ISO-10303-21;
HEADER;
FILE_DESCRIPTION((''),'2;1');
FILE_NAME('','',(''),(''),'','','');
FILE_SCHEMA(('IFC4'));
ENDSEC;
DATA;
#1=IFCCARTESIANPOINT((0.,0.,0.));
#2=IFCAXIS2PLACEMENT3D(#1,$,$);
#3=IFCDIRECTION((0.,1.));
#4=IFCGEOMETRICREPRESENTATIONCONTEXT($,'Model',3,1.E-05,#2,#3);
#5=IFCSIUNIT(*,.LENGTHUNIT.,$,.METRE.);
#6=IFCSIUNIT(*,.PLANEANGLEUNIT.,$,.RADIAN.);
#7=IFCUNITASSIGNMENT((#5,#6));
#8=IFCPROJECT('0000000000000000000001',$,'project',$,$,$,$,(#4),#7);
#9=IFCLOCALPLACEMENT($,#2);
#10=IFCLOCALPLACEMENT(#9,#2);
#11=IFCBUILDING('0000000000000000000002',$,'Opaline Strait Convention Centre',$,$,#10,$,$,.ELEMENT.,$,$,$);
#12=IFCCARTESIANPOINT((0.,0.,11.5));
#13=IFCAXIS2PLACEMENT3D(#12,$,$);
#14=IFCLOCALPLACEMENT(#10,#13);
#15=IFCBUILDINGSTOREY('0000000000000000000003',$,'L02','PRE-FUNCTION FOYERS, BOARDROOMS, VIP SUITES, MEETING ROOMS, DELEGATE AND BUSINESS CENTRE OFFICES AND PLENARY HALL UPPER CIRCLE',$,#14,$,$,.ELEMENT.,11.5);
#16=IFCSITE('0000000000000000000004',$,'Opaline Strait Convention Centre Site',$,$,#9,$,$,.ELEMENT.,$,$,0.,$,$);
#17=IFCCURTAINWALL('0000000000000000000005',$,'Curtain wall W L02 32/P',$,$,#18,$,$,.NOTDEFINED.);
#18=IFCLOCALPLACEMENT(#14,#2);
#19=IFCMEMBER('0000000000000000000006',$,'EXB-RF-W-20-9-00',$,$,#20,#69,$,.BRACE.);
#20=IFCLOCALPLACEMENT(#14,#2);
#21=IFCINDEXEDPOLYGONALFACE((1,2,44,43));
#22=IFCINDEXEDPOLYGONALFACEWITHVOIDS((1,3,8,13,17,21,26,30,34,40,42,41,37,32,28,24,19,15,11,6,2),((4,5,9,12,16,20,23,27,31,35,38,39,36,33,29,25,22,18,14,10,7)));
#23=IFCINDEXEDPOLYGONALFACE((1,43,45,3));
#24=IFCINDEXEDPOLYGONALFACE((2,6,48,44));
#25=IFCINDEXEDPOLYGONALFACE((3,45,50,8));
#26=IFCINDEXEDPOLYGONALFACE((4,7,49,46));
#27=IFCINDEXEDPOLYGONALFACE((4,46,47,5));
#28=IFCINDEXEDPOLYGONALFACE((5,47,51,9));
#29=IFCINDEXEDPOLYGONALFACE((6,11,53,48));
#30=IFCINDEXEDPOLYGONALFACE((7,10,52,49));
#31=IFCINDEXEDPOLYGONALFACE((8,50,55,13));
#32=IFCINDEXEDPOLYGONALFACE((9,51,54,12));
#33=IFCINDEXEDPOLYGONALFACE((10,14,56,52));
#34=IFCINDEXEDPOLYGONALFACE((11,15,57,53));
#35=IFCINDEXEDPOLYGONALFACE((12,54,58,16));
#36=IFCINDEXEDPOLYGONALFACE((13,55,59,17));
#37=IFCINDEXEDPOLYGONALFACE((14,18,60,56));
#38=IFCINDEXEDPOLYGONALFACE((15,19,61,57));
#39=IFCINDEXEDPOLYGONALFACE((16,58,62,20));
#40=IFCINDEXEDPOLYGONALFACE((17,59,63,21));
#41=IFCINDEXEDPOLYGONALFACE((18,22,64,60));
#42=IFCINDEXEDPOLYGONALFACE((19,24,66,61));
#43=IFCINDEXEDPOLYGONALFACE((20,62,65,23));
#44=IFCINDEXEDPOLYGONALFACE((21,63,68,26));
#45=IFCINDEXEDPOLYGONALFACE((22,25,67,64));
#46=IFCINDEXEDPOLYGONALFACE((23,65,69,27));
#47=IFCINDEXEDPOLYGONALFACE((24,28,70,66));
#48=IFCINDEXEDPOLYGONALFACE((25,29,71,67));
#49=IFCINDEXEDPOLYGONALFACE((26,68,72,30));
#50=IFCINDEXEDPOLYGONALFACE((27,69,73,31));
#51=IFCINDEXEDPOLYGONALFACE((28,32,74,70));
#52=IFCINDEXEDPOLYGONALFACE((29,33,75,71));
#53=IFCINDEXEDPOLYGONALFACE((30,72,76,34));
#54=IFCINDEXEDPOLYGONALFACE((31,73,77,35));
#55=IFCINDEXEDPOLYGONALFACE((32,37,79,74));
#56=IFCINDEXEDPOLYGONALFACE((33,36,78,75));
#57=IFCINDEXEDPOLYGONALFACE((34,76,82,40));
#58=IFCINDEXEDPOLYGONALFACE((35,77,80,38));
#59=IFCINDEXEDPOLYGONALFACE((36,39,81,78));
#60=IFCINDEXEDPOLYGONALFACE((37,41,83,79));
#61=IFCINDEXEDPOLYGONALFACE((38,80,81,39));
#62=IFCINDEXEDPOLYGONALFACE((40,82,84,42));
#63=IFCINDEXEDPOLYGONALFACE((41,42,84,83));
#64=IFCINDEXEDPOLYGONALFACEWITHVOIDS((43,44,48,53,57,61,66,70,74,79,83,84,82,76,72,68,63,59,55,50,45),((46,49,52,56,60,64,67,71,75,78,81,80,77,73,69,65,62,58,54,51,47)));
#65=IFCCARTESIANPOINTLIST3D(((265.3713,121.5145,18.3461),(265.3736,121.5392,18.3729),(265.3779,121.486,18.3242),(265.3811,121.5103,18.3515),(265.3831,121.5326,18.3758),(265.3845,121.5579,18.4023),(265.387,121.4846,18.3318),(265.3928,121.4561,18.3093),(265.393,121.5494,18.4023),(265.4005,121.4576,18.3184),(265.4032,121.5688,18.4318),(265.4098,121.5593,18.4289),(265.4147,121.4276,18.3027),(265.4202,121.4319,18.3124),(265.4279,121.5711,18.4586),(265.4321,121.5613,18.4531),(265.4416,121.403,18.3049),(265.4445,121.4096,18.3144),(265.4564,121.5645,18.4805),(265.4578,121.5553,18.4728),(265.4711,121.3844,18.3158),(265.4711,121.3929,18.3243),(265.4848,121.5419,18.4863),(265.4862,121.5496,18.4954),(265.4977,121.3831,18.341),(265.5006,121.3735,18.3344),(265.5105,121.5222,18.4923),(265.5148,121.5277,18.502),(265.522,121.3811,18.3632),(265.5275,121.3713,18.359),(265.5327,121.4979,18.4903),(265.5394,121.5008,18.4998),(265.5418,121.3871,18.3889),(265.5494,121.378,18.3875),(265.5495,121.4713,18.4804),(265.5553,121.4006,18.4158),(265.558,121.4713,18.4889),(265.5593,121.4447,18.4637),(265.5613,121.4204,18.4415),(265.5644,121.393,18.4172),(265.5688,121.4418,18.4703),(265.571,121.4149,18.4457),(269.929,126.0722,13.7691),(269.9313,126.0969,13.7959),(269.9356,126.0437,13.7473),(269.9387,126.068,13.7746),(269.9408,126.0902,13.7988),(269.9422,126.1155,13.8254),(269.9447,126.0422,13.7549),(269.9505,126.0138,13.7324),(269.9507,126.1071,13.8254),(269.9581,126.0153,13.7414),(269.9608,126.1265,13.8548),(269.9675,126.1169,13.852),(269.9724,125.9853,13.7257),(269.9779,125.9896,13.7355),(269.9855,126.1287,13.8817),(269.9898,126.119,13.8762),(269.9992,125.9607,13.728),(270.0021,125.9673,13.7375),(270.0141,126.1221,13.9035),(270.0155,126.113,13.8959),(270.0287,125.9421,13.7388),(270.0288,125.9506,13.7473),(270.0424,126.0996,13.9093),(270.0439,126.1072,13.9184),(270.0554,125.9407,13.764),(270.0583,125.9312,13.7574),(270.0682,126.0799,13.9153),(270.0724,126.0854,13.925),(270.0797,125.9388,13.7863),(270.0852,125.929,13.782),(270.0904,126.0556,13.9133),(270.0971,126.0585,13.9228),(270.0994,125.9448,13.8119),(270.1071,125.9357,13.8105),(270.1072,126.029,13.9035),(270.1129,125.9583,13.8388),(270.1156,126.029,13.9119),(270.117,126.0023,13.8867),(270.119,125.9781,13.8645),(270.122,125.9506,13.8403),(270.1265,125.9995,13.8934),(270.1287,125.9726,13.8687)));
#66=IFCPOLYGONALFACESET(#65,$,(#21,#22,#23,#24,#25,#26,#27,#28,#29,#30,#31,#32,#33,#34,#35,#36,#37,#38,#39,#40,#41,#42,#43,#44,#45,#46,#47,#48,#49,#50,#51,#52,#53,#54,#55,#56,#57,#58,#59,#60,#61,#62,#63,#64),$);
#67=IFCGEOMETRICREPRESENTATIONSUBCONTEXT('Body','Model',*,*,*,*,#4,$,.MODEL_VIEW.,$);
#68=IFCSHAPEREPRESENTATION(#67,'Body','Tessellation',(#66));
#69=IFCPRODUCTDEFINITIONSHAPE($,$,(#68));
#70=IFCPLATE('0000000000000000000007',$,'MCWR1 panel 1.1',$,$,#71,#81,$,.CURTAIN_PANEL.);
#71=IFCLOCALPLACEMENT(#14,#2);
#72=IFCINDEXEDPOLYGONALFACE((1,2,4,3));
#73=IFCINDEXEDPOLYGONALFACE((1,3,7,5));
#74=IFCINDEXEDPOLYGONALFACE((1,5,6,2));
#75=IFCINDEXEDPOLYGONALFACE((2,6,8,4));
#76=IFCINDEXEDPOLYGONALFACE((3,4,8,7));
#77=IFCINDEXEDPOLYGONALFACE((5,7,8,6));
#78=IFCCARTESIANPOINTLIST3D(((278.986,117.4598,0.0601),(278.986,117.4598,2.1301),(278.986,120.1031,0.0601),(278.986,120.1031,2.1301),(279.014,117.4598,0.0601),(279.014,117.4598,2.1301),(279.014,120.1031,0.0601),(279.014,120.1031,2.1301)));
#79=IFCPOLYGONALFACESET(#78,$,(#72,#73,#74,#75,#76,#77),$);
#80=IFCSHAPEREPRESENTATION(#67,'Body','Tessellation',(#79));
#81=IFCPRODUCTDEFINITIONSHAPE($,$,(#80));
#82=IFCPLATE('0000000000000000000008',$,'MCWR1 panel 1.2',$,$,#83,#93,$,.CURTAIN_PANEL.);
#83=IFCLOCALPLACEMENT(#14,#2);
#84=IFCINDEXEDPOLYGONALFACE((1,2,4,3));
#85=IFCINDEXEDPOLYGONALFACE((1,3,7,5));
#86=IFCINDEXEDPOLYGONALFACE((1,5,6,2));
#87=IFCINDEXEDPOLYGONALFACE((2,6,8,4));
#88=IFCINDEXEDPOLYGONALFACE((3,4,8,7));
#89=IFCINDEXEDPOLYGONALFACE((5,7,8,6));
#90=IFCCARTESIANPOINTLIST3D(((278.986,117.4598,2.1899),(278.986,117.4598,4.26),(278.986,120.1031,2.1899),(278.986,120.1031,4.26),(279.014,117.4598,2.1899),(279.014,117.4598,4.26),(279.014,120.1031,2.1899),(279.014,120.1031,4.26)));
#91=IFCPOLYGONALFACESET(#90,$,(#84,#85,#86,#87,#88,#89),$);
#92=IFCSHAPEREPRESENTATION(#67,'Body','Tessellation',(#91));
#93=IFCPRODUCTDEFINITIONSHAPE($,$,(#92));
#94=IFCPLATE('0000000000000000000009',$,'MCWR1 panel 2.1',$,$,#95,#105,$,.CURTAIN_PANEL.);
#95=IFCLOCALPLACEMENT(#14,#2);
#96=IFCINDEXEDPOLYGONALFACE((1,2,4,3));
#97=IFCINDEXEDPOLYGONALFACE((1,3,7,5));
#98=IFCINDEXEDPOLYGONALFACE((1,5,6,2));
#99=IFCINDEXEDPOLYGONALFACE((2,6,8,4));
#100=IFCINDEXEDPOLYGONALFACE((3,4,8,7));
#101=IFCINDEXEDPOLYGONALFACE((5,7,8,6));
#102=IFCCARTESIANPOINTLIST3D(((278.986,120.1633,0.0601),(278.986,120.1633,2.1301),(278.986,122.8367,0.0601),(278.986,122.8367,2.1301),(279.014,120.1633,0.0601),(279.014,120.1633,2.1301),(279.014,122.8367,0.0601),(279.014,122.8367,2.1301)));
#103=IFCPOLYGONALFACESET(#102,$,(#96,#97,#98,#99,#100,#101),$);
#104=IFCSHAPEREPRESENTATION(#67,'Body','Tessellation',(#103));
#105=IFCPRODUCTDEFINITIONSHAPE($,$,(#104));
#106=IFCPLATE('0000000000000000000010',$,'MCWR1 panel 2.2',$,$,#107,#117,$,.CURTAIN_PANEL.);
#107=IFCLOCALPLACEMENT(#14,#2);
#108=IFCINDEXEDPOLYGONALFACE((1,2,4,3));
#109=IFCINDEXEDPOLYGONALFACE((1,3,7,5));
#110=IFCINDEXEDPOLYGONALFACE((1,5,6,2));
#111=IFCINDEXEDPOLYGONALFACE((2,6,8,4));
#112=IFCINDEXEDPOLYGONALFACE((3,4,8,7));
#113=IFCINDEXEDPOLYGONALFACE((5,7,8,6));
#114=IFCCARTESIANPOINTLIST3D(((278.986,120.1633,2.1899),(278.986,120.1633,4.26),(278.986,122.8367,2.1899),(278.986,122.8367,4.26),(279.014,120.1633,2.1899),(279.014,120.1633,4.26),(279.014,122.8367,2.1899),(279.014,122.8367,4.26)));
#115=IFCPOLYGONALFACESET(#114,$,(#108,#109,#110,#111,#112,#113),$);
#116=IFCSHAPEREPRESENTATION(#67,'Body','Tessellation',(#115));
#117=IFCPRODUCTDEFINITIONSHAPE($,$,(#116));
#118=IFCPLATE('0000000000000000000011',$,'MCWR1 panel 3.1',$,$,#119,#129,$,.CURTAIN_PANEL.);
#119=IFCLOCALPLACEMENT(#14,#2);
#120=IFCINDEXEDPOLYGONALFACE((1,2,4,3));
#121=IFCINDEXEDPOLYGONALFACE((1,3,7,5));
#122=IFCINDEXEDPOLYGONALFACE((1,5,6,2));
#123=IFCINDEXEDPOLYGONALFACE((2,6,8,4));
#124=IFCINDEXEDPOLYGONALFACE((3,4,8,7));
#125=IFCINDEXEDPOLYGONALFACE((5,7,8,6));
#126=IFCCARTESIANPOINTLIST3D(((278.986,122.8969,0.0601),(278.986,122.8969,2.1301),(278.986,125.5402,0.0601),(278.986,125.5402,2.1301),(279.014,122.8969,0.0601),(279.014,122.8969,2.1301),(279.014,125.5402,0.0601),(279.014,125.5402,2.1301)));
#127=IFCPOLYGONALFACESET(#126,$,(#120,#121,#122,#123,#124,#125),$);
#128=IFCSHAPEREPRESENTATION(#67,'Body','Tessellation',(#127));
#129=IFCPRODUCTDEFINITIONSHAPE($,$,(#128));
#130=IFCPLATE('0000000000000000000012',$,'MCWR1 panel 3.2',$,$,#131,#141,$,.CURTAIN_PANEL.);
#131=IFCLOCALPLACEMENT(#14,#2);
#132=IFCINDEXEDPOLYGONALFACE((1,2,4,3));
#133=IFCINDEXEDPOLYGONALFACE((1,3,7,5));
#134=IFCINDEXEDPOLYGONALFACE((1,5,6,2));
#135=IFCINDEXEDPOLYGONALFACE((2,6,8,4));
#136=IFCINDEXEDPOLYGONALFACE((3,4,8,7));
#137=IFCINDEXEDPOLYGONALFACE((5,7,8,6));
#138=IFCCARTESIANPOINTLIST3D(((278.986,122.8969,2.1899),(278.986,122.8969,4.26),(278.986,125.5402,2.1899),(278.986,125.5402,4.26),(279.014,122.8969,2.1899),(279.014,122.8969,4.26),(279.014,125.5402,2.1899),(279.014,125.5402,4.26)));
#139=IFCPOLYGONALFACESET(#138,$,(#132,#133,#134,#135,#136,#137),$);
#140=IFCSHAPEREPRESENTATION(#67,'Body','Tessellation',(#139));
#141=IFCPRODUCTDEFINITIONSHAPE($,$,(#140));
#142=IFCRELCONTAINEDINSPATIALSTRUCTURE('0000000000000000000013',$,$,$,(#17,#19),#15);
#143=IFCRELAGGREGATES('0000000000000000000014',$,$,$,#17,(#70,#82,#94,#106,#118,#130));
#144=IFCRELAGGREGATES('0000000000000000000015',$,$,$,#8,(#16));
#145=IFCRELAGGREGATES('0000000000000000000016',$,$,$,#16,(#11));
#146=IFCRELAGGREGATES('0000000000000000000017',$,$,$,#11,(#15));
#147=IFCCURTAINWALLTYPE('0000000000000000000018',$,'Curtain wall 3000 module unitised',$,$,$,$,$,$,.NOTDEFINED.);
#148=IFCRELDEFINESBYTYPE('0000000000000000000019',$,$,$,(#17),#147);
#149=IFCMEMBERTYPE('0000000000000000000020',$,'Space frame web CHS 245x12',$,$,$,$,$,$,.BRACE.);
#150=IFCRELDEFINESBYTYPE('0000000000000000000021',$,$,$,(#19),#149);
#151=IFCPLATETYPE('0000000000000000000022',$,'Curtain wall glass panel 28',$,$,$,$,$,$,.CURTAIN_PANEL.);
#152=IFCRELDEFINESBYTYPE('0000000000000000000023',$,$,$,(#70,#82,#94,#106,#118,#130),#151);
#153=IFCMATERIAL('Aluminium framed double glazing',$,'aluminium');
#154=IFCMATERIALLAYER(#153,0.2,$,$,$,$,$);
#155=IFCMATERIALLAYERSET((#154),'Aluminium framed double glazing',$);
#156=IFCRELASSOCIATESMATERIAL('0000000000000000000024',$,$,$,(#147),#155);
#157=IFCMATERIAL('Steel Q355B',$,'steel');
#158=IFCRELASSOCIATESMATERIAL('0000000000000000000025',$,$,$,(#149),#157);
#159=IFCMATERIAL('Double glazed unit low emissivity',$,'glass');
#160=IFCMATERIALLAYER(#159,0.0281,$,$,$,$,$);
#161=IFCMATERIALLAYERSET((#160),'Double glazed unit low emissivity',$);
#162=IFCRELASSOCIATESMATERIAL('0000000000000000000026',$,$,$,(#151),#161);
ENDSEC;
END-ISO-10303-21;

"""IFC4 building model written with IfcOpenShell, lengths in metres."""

from ifc_helpers import new_model, si_unit, direction, frame, origin, origin_2d, place, context, subcontext, project, spatial, rectangle, hollow_circle, extrude, material, layer, layer_set, material_profile, profile_set, type_object, element, aggregate, save


model = new_model("IFC4")

# Units and contexts
model_context = context("Model", 3, precision=1e-05, world=origin(), true_north=direction((0.0, 1.0)))
body_context = subcontext(model_context, "Body", "Model", "MODEL_VIEW")
ifc_project = project(units=[si_unit("LENGTHUNIT", "METRE"), si_unit("PLANEANGLEUNIT", "RADIAN")], contexts=[model_context])

# Site, building, storey
site_placement = place(None, origin())
site = spatial("IfcSite", under=ifc_project, at=site_placement, Name="Opaline Strait Convention Centre Site", CompositionType="ELEMENT", RefElevation=0.0)
building_placement = place(site_placement, origin())
building = spatial("IfcBuilding", under=site, at=building_placement, Name="Opaline Strait Convention Centre", CompositionType="ELEMENT")
storey_placement = place(building_placement, frame((0.0, 0.0, 11.5)))
storey = spatial("IfcBuildingStorey", under=building, at=storey_placement, Name="L02", Description="PRE-FUNCTION FOYERS, BOARDROOMS, VIP SUITES, MEETING ROOMS, DELEGATE AND BUSINESS CENTRE OFFICES AND PLENARY HALL UPPER CIRCLE", CompositionType="ELEMENT", Elevation=11.5)

# Curtain wall
ifc_material_1 = material(Name="Aluminium framed double glazing", Category="aluminium")
ifc_layer_1 = layer(ifc_material_1, 0.2)
ifc_layer_set_1 = layer_set([ifc_layer_1], Name="Aluminium framed double glazing")
curtain_wall_type = type_object("IfcCurtainWallType", Name="Curtain wall 3000 module unitised", PredefinedType="NOTDEFINED", material=ifc_layer_set_1)
curtain_wall_placement = place(storey_placement, origin())
curtain_wall = element("IfcCurtainWall", 1, at=curtain_wall_placement, inside=storey, type_object=curtain_wall_type, Name="Curtain wall W L02 32/P", PredefinedType="NOTDEFINED")

# Member
ifc_material_2 = material(Name="Steel Q355B", Category="steel")
ifc_material_profile_1 = material_profile(ifc_material_2, hollow_circle(Radius=0.1226, WallThickness=0.012, at=origin_2d()), Name="CHS 245x12")
ifc_profile_set_1 = profile_set([ifc_material_profile_1], Name="Steel Q355B")
member_type_1 = type_object("IfcMemberType", Name="Space frame web CHS 245x12", PredefinedType="BRACE", material=ifc_profile_set_1)
member_1_placement = place(storey_placement, frame((265.4712, 121.4712, 18.4023), z_axis=(0.576536, 0.576536, -0.578976), x_axis=(-0.707107, 0.707107, 0.0)))
element("IfcMember", 2, at=member_1_placement, inside=storey, type_object=member_type_1, Name="EXB-RF-W-20-9-00", PredefinedType="BRACE", context=body_context, shape_type="SweptSolid", body=[
    extrude(hollow_circle(Radius=0.1226, WallThickness=0.012, at=origin_2d()), origin(), (0.0, 0.0, 1.0), 7.9053),
])

# Plates
ifc_material_3 = material(Name="Double glazed unit low emissivity", Category="glass")
ifc_layer_2 = layer(ifc_material_3, 0.0281)
ifc_layer_set_2 = layer_set([ifc_layer_2], Name="Double glazed unit low emissivity")
plate_type = type_object("IfcPlateType", Name="Curtain wall glass panel 28", PredefinedType="CURTAIN_PANEL", material=ifc_layer_set_2)
plate_1_placement = place(storey_placement, frame((279.0, 118.7815, 0.0601), z_axis=(0.0, 0.0, 1.0), x_axis=(0.0, 1.0, 0.0)))
plate_1 = element("IfcPlate", 3, at=plate_1_placement, type_object=plate_type, Name="MCWR1 panel 1.1", PredefinedType="CURTAIN_PANEL", context=body_context, shape_type="SweptSolid", body=[
    extrude(rectangle(XDim=2.6433, YDim=0.0281, at=origin_2d()), origin(), (0.0, 0.0, 1.0), 2.0701),
])
plate_2_placement = place(storey_placement, frame((279.0, 118.7815, 2.1899), z_axis=(0.0, 0.0, 1.0), x_axis=(0.0, 1.0, 0.0)))
plate_2 = element("IfcPlate", 4, at=plate_2_placement, type_object=plate_type, Name="MCWR1 panel 1.2", PredefinedType="CURTAIN_PANEL", context=body_context, shape_type="SweptSolid", body=[
    extrude(rectangle(XDim=2.6433, YDim=0.0281, at=origin_2d()), origin(), (0.0, 0.0, 1.0), 2.0701),
])
plate_3_placement = place(storey_placement, frame((279.0, 121.5, 0.0601), z_axis=(0.0, 0.0, 1.0), x_axis=(0.0, 1.0, 0.0)))
plate_3 = element("IfcPlate", 5, at=plate_3_placement, type_object=plate_type, Name="MCWR1 panel 2.1", PredefinedType="CURTAIN_PANEL", context=body_context, shape_type="SweptSolid", body=[
    extrude(rectangle(XDim=2.6733, YDim=0.0281, at=origin_2d()), origin(), (0.0, 0.0, 1.0), 2.0701),
])
plate_4_placement = place(storey_placement, frame((279.0, 121.5, 2.1899), z_axis=(0.0, 0.0, 1.0), x_axis=(0.0, 1.0, 0.0)))
plate_4 = element("IfcPlate", 6, at=plate_4_placement, type_object=plate_type, Name="MCWR1 panel 2.2", PredefinedType="CURTAIN_PANEL", context=body_context, shape_type="SweptSolid", body=[
    extrude(rectangle(XDim=2.6733, YDim=0.0281, at=origin_2d()), origin(), (0.0, 0.0, 1.0), 2.0701),
])
plate_5_placement = place(storey_placement, frame((279.0, 124.2185, 0.0601), z_axis=(0.0, 0.0, 1.0), x_axis=(0.0, 1.0, 0.0)))
plate_5 = element("IfcPlate", 7, at=plate_5_placement, type_object=plate_type, Name="MCWR1 panel 3.1", PredefinedType="CURTAIN_PANEL", context=body_context, shape_type="SweptSolid", body=[
    extrude(rectangle(XDim=2.6433, YDim=0.0281, at=origin_2d()), origin(), (0.0, 0.0, 1.0), 2.0701),
])
plate_6_placement = place(storey_placement, frame((279.0, 124.2185, 2.1899), z_axis=(0.0, 0.0, 1.0), x_axis=(0.0, 1.0, 0.0)))
plate_6 = element("IfcPlate", 8, at=plate_6_placement, type_object=plate_type, Name="MCWR1 panel 3.2", PredefinedType="CURTAIN_PANEL", context=body_context, shape_type="SweptSolid", body=[
    extrude(rectangle(XDim=2.6433, YDim=0.0281, at=origin_2d()), origin(), (0.0, 0.0, 1.0), 2.0701),
])
aggregate(curtain_wall, [plate_1, plate_2, plate_3, plate_4, plate_5, plate_6])

save(model, "model.ifc")
